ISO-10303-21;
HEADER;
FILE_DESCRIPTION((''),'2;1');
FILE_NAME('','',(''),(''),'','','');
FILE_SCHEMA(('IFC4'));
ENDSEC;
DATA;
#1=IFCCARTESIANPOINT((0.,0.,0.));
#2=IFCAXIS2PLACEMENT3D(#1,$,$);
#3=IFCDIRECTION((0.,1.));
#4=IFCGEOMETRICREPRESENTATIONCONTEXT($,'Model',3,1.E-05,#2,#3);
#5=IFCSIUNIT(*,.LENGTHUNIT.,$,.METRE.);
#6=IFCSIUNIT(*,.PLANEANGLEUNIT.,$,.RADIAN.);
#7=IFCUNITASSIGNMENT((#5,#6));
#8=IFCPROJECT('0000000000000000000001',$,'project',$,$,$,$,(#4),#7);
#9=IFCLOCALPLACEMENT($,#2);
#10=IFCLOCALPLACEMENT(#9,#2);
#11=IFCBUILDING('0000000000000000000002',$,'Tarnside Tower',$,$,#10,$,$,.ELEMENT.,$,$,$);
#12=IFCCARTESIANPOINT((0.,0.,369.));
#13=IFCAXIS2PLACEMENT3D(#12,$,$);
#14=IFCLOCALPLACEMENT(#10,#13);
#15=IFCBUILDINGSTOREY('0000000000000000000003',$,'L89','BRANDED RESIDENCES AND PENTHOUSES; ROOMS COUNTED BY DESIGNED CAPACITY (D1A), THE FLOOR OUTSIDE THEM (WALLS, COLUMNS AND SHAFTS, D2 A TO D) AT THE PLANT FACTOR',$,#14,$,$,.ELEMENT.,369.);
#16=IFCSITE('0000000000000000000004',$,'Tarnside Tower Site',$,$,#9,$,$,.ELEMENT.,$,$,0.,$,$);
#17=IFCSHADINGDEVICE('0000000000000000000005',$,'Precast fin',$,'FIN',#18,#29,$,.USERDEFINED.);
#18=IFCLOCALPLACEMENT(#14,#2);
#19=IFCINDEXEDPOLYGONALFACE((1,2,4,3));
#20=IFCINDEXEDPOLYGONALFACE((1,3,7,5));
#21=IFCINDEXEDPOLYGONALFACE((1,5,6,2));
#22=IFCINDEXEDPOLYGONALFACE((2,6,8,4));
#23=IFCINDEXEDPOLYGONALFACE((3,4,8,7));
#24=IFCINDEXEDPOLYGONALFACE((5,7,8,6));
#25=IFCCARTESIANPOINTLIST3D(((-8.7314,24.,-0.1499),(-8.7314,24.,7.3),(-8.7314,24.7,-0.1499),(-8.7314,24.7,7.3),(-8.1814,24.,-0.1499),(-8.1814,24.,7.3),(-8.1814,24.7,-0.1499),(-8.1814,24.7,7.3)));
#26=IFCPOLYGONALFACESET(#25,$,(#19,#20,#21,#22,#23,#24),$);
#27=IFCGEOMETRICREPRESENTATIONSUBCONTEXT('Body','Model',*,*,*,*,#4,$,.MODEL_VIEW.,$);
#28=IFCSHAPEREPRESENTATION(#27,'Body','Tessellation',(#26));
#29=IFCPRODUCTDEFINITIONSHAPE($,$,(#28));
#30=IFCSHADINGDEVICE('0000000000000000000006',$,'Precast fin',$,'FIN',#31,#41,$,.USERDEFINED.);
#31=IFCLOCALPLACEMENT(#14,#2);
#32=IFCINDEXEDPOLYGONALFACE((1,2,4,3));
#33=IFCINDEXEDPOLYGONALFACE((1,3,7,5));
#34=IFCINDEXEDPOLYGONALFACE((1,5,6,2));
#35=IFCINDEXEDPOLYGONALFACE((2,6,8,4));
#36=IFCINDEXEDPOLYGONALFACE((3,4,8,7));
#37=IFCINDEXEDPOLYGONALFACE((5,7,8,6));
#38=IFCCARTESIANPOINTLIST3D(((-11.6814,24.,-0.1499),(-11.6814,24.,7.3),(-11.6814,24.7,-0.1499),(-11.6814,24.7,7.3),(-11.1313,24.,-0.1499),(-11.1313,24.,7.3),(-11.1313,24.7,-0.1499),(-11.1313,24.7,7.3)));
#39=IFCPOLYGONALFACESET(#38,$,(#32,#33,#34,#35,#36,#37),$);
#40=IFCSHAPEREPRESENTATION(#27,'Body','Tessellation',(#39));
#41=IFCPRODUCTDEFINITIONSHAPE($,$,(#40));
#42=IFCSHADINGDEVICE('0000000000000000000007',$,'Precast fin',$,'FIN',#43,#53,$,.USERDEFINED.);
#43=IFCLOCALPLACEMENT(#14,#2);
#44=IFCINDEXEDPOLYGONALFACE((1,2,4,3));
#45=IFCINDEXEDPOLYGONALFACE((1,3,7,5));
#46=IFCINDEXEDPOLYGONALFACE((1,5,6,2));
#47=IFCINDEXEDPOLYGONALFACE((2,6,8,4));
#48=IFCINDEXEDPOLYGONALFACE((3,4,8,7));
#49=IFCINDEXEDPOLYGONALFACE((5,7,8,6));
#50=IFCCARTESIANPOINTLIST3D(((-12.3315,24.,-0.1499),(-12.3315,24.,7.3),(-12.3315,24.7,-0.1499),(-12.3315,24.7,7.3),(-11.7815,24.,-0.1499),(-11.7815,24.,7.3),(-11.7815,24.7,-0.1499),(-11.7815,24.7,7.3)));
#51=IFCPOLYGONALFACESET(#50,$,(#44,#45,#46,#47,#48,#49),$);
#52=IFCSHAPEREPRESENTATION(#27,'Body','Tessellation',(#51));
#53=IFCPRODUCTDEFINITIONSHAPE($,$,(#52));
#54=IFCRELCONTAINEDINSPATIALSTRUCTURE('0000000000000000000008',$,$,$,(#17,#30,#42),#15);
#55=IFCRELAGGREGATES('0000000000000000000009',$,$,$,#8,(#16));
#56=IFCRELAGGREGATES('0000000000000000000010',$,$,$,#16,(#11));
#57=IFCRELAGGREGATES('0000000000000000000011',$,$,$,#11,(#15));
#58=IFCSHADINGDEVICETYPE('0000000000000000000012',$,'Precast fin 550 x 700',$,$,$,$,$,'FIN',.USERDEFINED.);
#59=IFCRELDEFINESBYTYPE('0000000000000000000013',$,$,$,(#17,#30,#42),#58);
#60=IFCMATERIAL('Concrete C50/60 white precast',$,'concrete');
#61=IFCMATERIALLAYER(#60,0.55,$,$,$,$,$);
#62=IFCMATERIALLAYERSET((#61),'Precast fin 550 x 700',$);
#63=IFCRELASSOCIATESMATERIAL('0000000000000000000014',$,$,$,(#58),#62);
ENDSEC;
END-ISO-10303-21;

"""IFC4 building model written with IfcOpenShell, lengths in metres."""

from ifc_helpers import new_model, si_unit, direction, frame, origin, place, context, subcontext, project, spatial, polyline, outline, extrude, material, layer, layer_set, type_object, element, save


model = new_model("IFC4")

# Units and contexts
model_context = context("Model", 3, precision=1e-05, world=origin(), true_north=direction((0.0, 1.0)))
body_context = subcontext(model_context, "Body", "Model", "MODEL_VIEW")
ifc_project = project(units=[si_unit("LENGTHUNIT", "METRE"), si_unit("PLANEANGLEUNIT", "RADIAN")], contexts=[model_context])

# Site, building, storey
site_placement = place(None, origin())
site = spatial("IfcSite", under=ifc_project, at=site_placement, Name="Tarnside Tower Site", CompositionType="ELEMENT", RefElevation=0.0)
building_placement = place(site_placement, origin())
building = spatial("IfcBuilding", under=site, at=building_placement, Name="Tarnside Tower", CompositionType="ELEMENT")
storey_placement = place(building_placement, frame((0.0, 0.0, 369.0)))
storey = spatial("IfcBuildingStorey", under=building, at=storey_placement, Name="L89", Description="BRANDED RESIDENCES AND PENTHOUSES; ROOMS COUNTED BY DESIGNED CAPACITY (D1A), THE FLOOR OUTSIDE THEM (WALLS, COLUMNS AND SHAFTS, D2 A TO D) AT THE PLANT FACTOR", CompositionType="ELEMENT", Elevation=369.0)

# Shading devices
ifc_material_1 = material(Name="Concrete C50/60 white precast", Category="concrete")
ifc_layer_1 = layer(ifc_material_1, 0.55)
ifc_layer_set_1 = layer_set([ifc_layer_1], Name="Precast fin 550 x 700")
shading_device_type = type_object("IfcShadingDeviceType", Name="Precast fin 550 x 700", ElementType="FIN", PredefinedType="USERDEFINED", material=ifc_layer_set_1)
for number, where, z_axis, x_axis, name in (
    (1, (-8.4565, 24.0, -0.1499), (1.0, 0.0, 0.0), (0.0, 1.0, 0.0), "Precast fin"),
    (2, (-11.4065, 24.0, -0.1499), (1.0, 0.0, 0.0), (0.0, 1.0, 0.0), "Precast fin"),
    (3, (-12.0566, 24.0, -0.1499), (1.0, 0.0, 0.0), (0.0, 1.0, 0.0), "Precast fin"),
):
    element("IfcShadingDevice", number, at=place(storey_placement, frame(where, z_axis=z_axis, x_axis=x_axis)), inside=storey, type_object=shading_device_type, Name=name, ObjectType="FIN", PredefinedType="USERDEFINED", context=body_context, shape_type="SweptSolid", body=[
        extrude(outline(polyline([(0.0, 0.0), (0.7, 0.0), (0.7, 7.45), (0.0, 7.45), (0.0, 0.0)])), frame((0.0, 0.0, -0.2749)), (0.0, 0.0, 1.0), 0.55),
    ])

save(model, "model.ifc")
